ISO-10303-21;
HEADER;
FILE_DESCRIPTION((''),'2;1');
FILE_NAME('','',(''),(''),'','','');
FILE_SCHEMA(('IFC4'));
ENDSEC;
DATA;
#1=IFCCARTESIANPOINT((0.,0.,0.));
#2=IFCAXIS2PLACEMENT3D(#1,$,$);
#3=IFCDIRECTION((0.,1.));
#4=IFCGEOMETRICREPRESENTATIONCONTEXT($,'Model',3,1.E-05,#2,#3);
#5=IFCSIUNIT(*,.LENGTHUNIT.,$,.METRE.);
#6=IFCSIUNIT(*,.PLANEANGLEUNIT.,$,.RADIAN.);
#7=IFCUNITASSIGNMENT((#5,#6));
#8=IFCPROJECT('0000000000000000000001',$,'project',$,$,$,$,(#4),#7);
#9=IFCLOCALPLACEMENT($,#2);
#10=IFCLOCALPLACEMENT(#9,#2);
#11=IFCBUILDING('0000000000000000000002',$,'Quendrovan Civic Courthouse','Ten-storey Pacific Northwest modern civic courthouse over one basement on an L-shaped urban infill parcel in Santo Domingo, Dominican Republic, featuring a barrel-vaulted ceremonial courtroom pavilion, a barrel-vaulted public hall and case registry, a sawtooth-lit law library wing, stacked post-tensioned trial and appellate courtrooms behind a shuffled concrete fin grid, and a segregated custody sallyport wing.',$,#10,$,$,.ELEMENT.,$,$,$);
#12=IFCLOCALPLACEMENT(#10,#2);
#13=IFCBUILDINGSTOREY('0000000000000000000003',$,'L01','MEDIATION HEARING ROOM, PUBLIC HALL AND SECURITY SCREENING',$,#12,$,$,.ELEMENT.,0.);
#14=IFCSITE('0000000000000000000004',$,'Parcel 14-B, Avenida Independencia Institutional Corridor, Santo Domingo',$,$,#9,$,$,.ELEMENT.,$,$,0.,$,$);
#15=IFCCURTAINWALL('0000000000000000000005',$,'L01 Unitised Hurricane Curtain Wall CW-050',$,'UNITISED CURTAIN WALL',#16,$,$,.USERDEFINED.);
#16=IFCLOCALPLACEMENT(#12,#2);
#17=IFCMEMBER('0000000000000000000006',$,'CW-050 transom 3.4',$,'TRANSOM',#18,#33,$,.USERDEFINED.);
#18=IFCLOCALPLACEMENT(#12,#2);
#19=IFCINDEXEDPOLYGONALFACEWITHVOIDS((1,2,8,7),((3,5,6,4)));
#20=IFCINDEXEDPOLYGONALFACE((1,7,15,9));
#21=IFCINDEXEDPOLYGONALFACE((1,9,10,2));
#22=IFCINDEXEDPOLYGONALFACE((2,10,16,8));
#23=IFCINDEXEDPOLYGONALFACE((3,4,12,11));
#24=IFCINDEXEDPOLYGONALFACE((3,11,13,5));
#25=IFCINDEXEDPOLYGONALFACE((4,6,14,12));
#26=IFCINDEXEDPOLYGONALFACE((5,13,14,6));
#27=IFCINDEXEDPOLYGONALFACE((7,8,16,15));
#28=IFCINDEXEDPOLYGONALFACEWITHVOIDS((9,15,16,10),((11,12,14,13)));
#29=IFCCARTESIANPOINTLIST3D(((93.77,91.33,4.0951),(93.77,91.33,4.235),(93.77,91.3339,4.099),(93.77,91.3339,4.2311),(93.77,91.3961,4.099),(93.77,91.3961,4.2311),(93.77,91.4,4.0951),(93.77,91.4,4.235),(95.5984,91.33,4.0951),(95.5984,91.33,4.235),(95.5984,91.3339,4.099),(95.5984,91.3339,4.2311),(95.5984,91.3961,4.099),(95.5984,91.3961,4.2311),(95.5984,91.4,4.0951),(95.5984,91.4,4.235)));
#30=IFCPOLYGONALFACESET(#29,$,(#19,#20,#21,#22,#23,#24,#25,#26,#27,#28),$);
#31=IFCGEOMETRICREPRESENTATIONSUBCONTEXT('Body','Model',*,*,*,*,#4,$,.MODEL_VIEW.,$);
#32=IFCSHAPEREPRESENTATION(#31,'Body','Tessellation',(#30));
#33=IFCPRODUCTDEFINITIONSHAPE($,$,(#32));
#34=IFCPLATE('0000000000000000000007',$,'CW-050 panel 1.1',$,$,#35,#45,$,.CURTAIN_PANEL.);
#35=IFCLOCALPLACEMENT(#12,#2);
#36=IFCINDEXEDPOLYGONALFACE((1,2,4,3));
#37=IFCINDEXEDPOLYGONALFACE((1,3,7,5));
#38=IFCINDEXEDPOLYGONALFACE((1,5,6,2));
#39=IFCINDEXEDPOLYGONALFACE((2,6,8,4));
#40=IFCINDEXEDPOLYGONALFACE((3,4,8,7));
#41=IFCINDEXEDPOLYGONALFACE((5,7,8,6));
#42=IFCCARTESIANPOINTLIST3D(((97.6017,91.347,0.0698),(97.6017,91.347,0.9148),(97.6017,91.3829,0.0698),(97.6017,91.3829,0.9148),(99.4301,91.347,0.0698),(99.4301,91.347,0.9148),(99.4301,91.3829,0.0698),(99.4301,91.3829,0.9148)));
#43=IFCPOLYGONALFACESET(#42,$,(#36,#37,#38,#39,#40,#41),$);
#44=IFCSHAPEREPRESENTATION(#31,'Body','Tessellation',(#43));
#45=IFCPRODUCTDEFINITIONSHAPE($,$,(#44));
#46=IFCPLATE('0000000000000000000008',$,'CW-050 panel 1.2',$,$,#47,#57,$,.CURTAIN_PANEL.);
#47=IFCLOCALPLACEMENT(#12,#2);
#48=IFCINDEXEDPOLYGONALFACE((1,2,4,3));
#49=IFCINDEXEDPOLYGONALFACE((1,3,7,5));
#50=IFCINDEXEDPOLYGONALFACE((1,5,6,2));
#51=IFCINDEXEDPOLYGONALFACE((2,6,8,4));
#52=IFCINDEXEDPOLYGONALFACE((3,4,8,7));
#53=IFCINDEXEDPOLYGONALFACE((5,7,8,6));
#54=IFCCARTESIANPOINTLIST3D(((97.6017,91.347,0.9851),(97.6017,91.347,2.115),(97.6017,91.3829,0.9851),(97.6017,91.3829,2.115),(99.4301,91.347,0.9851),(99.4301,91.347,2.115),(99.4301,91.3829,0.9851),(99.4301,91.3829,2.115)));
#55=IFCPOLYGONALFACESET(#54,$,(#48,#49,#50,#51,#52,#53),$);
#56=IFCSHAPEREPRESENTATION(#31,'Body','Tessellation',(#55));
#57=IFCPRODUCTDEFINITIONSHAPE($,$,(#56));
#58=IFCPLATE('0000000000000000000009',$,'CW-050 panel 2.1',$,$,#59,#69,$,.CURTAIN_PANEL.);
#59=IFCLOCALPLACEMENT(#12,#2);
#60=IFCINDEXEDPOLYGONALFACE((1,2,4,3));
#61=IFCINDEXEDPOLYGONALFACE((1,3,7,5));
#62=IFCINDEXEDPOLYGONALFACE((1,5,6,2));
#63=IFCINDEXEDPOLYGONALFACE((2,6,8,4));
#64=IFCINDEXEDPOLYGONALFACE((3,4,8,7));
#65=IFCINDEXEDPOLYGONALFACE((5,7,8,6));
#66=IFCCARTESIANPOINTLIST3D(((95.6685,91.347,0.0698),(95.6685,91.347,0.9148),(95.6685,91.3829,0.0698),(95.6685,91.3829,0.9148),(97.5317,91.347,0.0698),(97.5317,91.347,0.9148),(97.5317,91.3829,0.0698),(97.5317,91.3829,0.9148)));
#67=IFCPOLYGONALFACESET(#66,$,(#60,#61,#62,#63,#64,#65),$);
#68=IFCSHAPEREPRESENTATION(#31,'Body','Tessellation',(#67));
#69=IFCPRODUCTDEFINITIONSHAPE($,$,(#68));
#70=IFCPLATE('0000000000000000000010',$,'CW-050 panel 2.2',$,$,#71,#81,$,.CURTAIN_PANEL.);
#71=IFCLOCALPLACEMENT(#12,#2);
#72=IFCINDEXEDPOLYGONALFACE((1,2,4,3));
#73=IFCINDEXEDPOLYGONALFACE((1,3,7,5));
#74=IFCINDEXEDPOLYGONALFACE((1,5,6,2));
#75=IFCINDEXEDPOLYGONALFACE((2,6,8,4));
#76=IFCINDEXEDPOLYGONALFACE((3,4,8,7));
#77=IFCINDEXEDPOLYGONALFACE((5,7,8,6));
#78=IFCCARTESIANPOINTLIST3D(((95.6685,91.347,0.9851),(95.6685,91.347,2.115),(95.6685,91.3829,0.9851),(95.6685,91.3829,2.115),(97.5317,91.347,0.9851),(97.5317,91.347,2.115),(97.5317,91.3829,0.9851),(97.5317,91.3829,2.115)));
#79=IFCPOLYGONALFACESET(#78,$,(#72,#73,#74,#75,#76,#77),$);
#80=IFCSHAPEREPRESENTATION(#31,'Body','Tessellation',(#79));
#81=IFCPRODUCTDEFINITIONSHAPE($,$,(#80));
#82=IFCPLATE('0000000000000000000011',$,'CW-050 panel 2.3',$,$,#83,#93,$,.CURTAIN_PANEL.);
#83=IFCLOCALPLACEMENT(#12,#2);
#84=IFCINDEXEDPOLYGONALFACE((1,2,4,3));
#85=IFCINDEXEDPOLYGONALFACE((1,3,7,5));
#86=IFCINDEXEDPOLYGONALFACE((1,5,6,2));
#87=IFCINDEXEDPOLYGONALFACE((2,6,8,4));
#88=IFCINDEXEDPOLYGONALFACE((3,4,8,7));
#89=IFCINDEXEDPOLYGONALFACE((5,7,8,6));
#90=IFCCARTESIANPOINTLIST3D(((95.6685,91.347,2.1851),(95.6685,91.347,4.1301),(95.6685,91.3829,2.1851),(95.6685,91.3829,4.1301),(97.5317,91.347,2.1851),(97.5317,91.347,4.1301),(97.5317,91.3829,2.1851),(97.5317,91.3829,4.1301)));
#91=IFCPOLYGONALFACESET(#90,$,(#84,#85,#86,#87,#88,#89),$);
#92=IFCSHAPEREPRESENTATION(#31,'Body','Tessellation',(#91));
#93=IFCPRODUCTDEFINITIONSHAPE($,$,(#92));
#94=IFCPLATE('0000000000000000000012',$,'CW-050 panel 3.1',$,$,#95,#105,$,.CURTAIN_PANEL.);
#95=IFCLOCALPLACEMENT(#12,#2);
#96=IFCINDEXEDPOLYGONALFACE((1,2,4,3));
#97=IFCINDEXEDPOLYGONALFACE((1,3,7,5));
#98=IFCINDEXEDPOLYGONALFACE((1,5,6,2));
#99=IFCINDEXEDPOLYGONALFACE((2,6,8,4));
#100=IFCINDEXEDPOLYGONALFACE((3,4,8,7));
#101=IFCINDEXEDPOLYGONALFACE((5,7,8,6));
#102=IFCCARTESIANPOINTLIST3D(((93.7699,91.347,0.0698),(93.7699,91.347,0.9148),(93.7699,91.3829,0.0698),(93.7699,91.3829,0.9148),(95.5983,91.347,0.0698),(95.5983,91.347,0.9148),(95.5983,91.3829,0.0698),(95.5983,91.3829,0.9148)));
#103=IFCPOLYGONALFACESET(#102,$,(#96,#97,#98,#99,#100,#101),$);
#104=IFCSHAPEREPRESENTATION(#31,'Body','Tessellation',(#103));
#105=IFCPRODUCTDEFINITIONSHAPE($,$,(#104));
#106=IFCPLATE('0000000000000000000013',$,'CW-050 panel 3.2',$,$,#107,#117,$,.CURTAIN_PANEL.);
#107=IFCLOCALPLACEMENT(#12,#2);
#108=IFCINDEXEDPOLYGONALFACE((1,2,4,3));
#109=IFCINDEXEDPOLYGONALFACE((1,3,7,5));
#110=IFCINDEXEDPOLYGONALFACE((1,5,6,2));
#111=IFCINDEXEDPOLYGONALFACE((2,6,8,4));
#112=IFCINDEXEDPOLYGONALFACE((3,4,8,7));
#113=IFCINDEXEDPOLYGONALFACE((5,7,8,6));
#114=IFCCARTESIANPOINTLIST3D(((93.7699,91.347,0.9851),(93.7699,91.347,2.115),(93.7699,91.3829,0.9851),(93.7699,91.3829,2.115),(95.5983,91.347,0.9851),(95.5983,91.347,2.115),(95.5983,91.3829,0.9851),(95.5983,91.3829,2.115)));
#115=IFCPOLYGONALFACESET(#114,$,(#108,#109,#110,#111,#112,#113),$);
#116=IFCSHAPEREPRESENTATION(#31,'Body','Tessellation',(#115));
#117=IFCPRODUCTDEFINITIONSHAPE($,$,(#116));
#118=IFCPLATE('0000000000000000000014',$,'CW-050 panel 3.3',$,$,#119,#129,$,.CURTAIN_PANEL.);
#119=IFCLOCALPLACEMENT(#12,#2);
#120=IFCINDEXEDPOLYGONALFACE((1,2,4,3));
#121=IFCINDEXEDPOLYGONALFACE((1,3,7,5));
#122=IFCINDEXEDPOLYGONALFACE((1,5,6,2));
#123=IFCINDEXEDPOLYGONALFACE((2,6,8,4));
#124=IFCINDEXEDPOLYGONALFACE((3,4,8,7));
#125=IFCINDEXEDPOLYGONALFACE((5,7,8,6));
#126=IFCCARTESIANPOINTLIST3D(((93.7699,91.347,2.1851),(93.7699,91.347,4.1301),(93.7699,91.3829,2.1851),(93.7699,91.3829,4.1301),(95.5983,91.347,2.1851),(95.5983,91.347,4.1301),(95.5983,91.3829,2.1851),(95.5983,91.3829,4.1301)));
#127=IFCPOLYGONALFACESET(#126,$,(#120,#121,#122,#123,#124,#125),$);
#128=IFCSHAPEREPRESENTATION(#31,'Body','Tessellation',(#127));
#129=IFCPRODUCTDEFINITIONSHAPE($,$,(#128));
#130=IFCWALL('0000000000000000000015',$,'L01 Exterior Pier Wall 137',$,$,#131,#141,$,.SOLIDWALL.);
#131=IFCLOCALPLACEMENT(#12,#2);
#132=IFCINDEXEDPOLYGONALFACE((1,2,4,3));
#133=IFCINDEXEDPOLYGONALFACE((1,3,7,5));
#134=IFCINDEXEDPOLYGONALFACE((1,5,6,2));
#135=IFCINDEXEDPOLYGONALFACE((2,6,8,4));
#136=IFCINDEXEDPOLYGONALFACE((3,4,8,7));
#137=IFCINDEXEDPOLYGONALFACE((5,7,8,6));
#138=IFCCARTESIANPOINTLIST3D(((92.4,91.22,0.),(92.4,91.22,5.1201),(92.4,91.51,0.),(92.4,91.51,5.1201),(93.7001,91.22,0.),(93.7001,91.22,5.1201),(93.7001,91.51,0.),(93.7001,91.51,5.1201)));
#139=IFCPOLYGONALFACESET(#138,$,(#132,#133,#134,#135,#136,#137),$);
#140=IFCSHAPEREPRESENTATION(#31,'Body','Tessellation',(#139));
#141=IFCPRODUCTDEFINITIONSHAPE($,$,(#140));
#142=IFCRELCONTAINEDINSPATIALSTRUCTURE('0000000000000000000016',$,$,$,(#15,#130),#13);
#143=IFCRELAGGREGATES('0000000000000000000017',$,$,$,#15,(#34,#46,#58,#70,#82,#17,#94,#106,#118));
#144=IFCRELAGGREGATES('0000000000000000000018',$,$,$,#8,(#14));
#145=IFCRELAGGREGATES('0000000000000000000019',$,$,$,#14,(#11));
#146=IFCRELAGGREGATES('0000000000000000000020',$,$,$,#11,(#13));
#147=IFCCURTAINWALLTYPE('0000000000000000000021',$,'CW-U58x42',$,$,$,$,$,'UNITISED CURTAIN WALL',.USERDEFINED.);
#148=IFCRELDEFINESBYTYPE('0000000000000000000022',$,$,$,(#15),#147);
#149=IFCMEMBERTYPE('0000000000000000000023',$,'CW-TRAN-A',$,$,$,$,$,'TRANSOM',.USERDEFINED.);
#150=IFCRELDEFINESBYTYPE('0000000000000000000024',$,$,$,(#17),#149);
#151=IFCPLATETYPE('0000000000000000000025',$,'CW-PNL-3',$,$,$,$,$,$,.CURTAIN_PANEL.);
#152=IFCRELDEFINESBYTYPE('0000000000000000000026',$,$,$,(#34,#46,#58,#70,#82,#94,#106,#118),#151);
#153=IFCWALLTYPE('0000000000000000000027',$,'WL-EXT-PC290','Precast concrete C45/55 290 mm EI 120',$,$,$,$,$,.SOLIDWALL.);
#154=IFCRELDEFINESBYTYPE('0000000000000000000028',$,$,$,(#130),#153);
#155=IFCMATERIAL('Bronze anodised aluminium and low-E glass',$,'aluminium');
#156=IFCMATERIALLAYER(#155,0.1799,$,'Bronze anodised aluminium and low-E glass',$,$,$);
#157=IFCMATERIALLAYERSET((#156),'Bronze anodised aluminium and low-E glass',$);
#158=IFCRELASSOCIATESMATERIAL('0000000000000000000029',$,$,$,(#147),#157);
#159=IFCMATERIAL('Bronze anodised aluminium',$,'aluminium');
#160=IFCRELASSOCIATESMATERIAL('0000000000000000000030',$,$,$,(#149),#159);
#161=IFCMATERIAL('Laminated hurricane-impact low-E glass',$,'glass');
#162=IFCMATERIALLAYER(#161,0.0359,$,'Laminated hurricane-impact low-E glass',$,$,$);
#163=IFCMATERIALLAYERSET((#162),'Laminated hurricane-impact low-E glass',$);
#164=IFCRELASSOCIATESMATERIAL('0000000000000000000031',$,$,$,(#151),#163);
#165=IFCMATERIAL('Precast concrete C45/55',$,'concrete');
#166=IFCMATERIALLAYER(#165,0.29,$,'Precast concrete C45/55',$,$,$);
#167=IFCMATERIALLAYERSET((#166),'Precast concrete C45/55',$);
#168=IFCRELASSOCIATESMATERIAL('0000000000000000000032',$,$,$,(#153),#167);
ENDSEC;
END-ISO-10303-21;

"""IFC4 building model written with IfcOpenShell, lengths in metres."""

from ifc_helpers import new_model, si_unit, direction, frame, frame_2d, origin, origin_2d, place, context, subcontext, project, spatial, rectangle, hollow_rectangle, extrude, material, layer, layer_set, material_profile, profile_set, type_object, element, aggregate, save


model = new_model("IFC4")

# Units and contexts
model_context = context("Model", 3, precision=1e-05, world=origin(), true_north=direction((0.0, 1.0)))
body_context = subcontext(model_context, "Body", "Model", "MODEL_VIEW")
ifc_project = project(units=[si_unit("LENGTHUNIT", "METRE"), si_unit("PLANEANGLEUNIT", "RADIAN")], contexts=[model_context])

# Site, building, storey
site_placement = place(None, origin())
site = spatial("IfcSite", under=ifc_project, at=site_placement, Name="Parcel 14-B, Avenida Independencia Institutional Corridor, Santo Domingo", CompositionType="ELEMENT", RefElevation=0.0)
building_placement = place(site_placement, origin())
building = spatial("IfcBuilding", under=site, at=building_placement, Name="Quendrovan Civic Courthouse", Description="Ten-storey Pacific Northwest modern civic courthouse over one basement on an L-shaped urban infill parcel in Santo Domingo, Dominican Republic, featuring a barrel-vaulted ceremonial courtroom pavilion, a barrel-vaulted public hall and case registry, a sawtooth-lit law library wing, stacked post-tensioned trial and appellate courtrooms behind a shuffled concrete fin grid, and a segregated custody sallyport wing.", CompositionType="ELEMENT")
storey_placement = place(building_placement, origin())
storey = spatial("IfcBuildingStorey", under=building, at=storey_placement, Name="L01", Description="MEDIATION HEARING ROOM, PUBLIC HALL AND SECURITY SCREENING", CompositionType="ELEMENT", Elevation=0.0)

# Curtain wall, member, plates
ifc_material_1 = material(Name="Bronze anodised aluminium and low-E glass", Category="aluminium")
ifc_layer_1 = layer(ifc_material_1, 0.1799, Name="Bronze anodised aluminium and low-E glass")
ifc_layer_set_1 = layer_set([ifc_layer_1], Name="Bronze anodised aluminium and low-E glass")
curtain_wall_type = type_object("IfcCurtainWallType", Name="CW-U58x42", ElementType="UNITISED CURTAIN WALL", PredefinedType="USERDEFINED", material=ifc_layer_set_1)
curtain_wall_placement = place(storey_placement, origin())
curtain_wall = element("IfcCurtainWall", 1, at=curtain_wall_placement, inside=storey, type_object=curtain_wall_type, Name="L01 Unitised Hurricane Curtain Wall CW-050", ObjectType="UNITISED CURTAIN WALL", PredefinedType="USERDEFINED")
ifc_material_2 = material(Name="Bronze anodised aluminium", Category="aluminium")
ifc_material_profile_1 = material_profile(ifc_material_2, hollow_rectangle(XDim=0.0701, YDim=0.1399, WallThickness=0.0039, at=origin_2d()), Name="CW-TRAN-70x140")
ifc_profile_set_1 = profile_set([ifc_material_profile_1], Name="Bronze anodised aluminium")
member_type_1 = type_object("IfcMemberType", Name="CW-TRAN-A", ElementType="TRANSOM", PredefinedType="USERDEFINED", material=ifc_profile_set_1)
member_1_placement = place(storey_placement, frame((95.5984, 91.365, 4.165), z_axis=(-1.0, 0.0, 0.0), x_axis=(0.0, -1.0, 0.0)))
member_1 = element("IfcMember", 2, at=member_1_placement, type_object=member_type_1, Name="CW-050 transom 3.4", ObjectType="TRANSOM", PredefinedType="USERDEFINED", context=body_context, shape_type="SweptSolid", body=[
    extrude(hollow_rectangle(XDim=0.0701, YDim=0.1399, WallThickness=0.0039, at=origin_2d()), origin(), (0.0, 0.0, 1.0), 1.8284),
])
ifc_material_3 = material(Name="Laminated hurricane-impact low-E glass", Category="glass")
ifc_layer_2 = layer(ifc_material_3, 0.0359, Name="Laminated hurricane-impact low-E glass")
ifc_layer_set_2 = layer_set([ifc_layer_2], Name="Laminated hurricane-impact low-E glass")
plate_type = type_object("IfcPlateType", Name="CW-PNL-3", PredefinedType="CURTAIN_PANEL", material=ifc_layer_set_2)
plate_1_placement = place(storey_placement, frame((98.5159, 91.365, 0.0698), z_axis=(0.0, 0.0, 1.0), x_axis=(-1.0, 0.0, 0.0)))
plate_1 = element("IfcPlate", 3, at=plate_1_placement, type_object=plate_type, Name="CW-050 panel 1.1", PredefinedType="CURTAIN_PANEL", context=body_context, shape_type="SweptSolid", body=[
    extrude(rectangle(XDim=1.8284, YDim=0.0359, at=origin_2d()), origin(), (0.0, 0.0, 1.0), 0.845),
])
plate_2_placement = place(storey_placement, frame((98.5159, 91.365, 0.9851), z_axis=(0.0, 0.0, 1.0), x_axis=(-1.0, 0.0, 0.0)))
plate_2 = element("IfcPlate", 4, at=plate_2_placement, type_object=plate_type, Name="CW-050 panel 1.2", PredefinedType="CURTAIN_PANEL", context=body_context, shape_type="SweptSolid", body=[
    extrude(rectangle(XDim=1.8284, YDim=0.0359, at=origin_2d()), origin(), (0.0, 0.0, 1.0), 1.1299),
])
plate_3_placement = place(storey_placement, frame((96.6001, 91.365, 0.0698), z_axis=(0.0, 0.0, 1.0), x_axis=(-1.0, 0.0, 0.0)))
plate_3 = element("IfcPlate", 5, at=plate_3_placement, type_object=plate_type, Name="CW-050 panel 2.1", PredefinedType="CURTAIN_PANEL", context=body_context, shape_type="SweptSolid", body=[
    extrude(rectangle(XDim=1.8633, YDim=0.0359, at=origin_2d()), origin(), (0.0, 0.0, 1.0), 0.845),
])
plate_4_placement = place(storey_placement, frame((96.6001, 91.365, 0.9851), z_axis=(0.0, 0.0, 1.0), x_axis=(-1.0, 0.0, 0.0)))
plate_4 = element("IfcPlate", 6, at=plate_4_placement, type_object=plate_type, Name="CW-050 panel 2.2", PredefinedType="CURTAIN_PANEL", context=body_context, shape_type="SweptSolid", body=[
    extrude(rectangle(XDim=1.8633, YDim=0.0359, at=origin_2d()), origin(), (0.0, 0.0, 1.0), 1.1299),
])
plate_5_placement = place(storey_placement, frame((96.6001, 91.365, 2.1851), z_axis=(0.0, 0.0, 1.0), x_axis=(-1.0, 0.0, 0.0)))
plate_5 = element("IfcPlate", 7, at=plate_5_placement, type_object=plate_type, Name="CW-050 panel 2.3", PredefinedType="CURTAIN_PANEL", context=body_context, shape_type="SweptSolid", body=[
    extrude(rectangle(XDim=1.8633, YDim=0.0359, at=origin_2d()), origin(), (0.0, 0.0, 1.0), 1.9451),
])
plate_6_placement = place(storey_placement, frame((94.6841, 91.365, 0.0698), z_axis=(0.0, 0.0, 1.0), x_axis=(-1.0, 0.0, 0.0)))
plate_6 = element("IfcPlate", 8, at=plate_6_placement, type_object=plate_type, Name="CW-050 panel 3.1", PredefinedType="CURTAIN_PANEL", context=body_context, shape_type="SweptSolid", body=[
    extrude(rectangle(XDim=1.8284, YDim=0.0359, at=origin_2d()), origin(), (0.0, 0.0, 1.0), 0.845),
])
plate_7_placement = place(storey_placement, frame((94.6841, 91.365, 0.9851), z_axis=(0.0, 0.0, 1.0), x_axis=(-1.0, 0.0, 0.0)))
plate_7 = element("IfcPlate", 9, at=plate_7_placement, type_object=plate_type, Name="CW-050 panel 3.2", PredefinedType="CURTAIN_PANEL", context=body_context, shape_type="SweptSolid", body=[
    extrude(rectangle(XDim=1.8284, YDim=0.0359, at=origin_2d()), origin(), (0.0, 0.0, 1.0), 1.1299),
])
plate_8_placement = place(storey_placement, frame((94.6841, 91.365, 2.1851), z_axis=(0.0, 0.0, 1.0), x_axis=(-1.0, 0.0, 0.0)))
plate_8 = element("IfcPlate", 10, at=plate_8_placement, type_object=plate_type, Name="CW-050 panel 3.3", PredefinedType="CURTAIN_PANEL", context=body_context, shape_type="SweptSolid", body=[
    extrude(rectangle(XDim=1.8284, YDim=0.0359, at=origin_2d()), origin(), (0.0, 0.0, 1.0), 1.9451),
])
aggregate(curtain_wall, [plate_1, plate_2, plate_3, plate_4, plate_5, member_1, plate_6, plate_7, plate_8])

# Wall
ifc_material_4 = material(Name="Precast concrete C45/55", Category="concrete")
ifc_layer_3 = layer(ifc_material_4, 0.29, Name="Precast concrete C45/55")
ifc_layer_set_3 = layer_set([ifc_layer_3], Name="Precast concrete C45/55")
wall_type = type_object("IfcWallType", Name="WL-EXT-PC290", Description="Precast concrete C45/55 290 mm EI 120", PredefinedType="SOLIDWALL", material=ifc_layer_set_3)
wall_placement = place(storey_placement, frame((93.7, 91.365, 0.0), z_axis=(0.0, 0.0, 1.0), x_axis=(-1.0, 0.0, 0.0)))
element("IfcWall", 11, at=wall_placement, inside=storey, type_object=wall_type, Name="L01 Exterior Pier Wall 137", PredefinedType="SOLIDWALL", context=body_context, shape_type="SweptSolid", body=[
    extrude(rectangle(XDim=1.3, YDim=0.29, at=frame_2d((0.6499, 0.0))), origin(), (0.0, 0.0, 1.0), 5.1201),
])

save(model, "model.ifc")
